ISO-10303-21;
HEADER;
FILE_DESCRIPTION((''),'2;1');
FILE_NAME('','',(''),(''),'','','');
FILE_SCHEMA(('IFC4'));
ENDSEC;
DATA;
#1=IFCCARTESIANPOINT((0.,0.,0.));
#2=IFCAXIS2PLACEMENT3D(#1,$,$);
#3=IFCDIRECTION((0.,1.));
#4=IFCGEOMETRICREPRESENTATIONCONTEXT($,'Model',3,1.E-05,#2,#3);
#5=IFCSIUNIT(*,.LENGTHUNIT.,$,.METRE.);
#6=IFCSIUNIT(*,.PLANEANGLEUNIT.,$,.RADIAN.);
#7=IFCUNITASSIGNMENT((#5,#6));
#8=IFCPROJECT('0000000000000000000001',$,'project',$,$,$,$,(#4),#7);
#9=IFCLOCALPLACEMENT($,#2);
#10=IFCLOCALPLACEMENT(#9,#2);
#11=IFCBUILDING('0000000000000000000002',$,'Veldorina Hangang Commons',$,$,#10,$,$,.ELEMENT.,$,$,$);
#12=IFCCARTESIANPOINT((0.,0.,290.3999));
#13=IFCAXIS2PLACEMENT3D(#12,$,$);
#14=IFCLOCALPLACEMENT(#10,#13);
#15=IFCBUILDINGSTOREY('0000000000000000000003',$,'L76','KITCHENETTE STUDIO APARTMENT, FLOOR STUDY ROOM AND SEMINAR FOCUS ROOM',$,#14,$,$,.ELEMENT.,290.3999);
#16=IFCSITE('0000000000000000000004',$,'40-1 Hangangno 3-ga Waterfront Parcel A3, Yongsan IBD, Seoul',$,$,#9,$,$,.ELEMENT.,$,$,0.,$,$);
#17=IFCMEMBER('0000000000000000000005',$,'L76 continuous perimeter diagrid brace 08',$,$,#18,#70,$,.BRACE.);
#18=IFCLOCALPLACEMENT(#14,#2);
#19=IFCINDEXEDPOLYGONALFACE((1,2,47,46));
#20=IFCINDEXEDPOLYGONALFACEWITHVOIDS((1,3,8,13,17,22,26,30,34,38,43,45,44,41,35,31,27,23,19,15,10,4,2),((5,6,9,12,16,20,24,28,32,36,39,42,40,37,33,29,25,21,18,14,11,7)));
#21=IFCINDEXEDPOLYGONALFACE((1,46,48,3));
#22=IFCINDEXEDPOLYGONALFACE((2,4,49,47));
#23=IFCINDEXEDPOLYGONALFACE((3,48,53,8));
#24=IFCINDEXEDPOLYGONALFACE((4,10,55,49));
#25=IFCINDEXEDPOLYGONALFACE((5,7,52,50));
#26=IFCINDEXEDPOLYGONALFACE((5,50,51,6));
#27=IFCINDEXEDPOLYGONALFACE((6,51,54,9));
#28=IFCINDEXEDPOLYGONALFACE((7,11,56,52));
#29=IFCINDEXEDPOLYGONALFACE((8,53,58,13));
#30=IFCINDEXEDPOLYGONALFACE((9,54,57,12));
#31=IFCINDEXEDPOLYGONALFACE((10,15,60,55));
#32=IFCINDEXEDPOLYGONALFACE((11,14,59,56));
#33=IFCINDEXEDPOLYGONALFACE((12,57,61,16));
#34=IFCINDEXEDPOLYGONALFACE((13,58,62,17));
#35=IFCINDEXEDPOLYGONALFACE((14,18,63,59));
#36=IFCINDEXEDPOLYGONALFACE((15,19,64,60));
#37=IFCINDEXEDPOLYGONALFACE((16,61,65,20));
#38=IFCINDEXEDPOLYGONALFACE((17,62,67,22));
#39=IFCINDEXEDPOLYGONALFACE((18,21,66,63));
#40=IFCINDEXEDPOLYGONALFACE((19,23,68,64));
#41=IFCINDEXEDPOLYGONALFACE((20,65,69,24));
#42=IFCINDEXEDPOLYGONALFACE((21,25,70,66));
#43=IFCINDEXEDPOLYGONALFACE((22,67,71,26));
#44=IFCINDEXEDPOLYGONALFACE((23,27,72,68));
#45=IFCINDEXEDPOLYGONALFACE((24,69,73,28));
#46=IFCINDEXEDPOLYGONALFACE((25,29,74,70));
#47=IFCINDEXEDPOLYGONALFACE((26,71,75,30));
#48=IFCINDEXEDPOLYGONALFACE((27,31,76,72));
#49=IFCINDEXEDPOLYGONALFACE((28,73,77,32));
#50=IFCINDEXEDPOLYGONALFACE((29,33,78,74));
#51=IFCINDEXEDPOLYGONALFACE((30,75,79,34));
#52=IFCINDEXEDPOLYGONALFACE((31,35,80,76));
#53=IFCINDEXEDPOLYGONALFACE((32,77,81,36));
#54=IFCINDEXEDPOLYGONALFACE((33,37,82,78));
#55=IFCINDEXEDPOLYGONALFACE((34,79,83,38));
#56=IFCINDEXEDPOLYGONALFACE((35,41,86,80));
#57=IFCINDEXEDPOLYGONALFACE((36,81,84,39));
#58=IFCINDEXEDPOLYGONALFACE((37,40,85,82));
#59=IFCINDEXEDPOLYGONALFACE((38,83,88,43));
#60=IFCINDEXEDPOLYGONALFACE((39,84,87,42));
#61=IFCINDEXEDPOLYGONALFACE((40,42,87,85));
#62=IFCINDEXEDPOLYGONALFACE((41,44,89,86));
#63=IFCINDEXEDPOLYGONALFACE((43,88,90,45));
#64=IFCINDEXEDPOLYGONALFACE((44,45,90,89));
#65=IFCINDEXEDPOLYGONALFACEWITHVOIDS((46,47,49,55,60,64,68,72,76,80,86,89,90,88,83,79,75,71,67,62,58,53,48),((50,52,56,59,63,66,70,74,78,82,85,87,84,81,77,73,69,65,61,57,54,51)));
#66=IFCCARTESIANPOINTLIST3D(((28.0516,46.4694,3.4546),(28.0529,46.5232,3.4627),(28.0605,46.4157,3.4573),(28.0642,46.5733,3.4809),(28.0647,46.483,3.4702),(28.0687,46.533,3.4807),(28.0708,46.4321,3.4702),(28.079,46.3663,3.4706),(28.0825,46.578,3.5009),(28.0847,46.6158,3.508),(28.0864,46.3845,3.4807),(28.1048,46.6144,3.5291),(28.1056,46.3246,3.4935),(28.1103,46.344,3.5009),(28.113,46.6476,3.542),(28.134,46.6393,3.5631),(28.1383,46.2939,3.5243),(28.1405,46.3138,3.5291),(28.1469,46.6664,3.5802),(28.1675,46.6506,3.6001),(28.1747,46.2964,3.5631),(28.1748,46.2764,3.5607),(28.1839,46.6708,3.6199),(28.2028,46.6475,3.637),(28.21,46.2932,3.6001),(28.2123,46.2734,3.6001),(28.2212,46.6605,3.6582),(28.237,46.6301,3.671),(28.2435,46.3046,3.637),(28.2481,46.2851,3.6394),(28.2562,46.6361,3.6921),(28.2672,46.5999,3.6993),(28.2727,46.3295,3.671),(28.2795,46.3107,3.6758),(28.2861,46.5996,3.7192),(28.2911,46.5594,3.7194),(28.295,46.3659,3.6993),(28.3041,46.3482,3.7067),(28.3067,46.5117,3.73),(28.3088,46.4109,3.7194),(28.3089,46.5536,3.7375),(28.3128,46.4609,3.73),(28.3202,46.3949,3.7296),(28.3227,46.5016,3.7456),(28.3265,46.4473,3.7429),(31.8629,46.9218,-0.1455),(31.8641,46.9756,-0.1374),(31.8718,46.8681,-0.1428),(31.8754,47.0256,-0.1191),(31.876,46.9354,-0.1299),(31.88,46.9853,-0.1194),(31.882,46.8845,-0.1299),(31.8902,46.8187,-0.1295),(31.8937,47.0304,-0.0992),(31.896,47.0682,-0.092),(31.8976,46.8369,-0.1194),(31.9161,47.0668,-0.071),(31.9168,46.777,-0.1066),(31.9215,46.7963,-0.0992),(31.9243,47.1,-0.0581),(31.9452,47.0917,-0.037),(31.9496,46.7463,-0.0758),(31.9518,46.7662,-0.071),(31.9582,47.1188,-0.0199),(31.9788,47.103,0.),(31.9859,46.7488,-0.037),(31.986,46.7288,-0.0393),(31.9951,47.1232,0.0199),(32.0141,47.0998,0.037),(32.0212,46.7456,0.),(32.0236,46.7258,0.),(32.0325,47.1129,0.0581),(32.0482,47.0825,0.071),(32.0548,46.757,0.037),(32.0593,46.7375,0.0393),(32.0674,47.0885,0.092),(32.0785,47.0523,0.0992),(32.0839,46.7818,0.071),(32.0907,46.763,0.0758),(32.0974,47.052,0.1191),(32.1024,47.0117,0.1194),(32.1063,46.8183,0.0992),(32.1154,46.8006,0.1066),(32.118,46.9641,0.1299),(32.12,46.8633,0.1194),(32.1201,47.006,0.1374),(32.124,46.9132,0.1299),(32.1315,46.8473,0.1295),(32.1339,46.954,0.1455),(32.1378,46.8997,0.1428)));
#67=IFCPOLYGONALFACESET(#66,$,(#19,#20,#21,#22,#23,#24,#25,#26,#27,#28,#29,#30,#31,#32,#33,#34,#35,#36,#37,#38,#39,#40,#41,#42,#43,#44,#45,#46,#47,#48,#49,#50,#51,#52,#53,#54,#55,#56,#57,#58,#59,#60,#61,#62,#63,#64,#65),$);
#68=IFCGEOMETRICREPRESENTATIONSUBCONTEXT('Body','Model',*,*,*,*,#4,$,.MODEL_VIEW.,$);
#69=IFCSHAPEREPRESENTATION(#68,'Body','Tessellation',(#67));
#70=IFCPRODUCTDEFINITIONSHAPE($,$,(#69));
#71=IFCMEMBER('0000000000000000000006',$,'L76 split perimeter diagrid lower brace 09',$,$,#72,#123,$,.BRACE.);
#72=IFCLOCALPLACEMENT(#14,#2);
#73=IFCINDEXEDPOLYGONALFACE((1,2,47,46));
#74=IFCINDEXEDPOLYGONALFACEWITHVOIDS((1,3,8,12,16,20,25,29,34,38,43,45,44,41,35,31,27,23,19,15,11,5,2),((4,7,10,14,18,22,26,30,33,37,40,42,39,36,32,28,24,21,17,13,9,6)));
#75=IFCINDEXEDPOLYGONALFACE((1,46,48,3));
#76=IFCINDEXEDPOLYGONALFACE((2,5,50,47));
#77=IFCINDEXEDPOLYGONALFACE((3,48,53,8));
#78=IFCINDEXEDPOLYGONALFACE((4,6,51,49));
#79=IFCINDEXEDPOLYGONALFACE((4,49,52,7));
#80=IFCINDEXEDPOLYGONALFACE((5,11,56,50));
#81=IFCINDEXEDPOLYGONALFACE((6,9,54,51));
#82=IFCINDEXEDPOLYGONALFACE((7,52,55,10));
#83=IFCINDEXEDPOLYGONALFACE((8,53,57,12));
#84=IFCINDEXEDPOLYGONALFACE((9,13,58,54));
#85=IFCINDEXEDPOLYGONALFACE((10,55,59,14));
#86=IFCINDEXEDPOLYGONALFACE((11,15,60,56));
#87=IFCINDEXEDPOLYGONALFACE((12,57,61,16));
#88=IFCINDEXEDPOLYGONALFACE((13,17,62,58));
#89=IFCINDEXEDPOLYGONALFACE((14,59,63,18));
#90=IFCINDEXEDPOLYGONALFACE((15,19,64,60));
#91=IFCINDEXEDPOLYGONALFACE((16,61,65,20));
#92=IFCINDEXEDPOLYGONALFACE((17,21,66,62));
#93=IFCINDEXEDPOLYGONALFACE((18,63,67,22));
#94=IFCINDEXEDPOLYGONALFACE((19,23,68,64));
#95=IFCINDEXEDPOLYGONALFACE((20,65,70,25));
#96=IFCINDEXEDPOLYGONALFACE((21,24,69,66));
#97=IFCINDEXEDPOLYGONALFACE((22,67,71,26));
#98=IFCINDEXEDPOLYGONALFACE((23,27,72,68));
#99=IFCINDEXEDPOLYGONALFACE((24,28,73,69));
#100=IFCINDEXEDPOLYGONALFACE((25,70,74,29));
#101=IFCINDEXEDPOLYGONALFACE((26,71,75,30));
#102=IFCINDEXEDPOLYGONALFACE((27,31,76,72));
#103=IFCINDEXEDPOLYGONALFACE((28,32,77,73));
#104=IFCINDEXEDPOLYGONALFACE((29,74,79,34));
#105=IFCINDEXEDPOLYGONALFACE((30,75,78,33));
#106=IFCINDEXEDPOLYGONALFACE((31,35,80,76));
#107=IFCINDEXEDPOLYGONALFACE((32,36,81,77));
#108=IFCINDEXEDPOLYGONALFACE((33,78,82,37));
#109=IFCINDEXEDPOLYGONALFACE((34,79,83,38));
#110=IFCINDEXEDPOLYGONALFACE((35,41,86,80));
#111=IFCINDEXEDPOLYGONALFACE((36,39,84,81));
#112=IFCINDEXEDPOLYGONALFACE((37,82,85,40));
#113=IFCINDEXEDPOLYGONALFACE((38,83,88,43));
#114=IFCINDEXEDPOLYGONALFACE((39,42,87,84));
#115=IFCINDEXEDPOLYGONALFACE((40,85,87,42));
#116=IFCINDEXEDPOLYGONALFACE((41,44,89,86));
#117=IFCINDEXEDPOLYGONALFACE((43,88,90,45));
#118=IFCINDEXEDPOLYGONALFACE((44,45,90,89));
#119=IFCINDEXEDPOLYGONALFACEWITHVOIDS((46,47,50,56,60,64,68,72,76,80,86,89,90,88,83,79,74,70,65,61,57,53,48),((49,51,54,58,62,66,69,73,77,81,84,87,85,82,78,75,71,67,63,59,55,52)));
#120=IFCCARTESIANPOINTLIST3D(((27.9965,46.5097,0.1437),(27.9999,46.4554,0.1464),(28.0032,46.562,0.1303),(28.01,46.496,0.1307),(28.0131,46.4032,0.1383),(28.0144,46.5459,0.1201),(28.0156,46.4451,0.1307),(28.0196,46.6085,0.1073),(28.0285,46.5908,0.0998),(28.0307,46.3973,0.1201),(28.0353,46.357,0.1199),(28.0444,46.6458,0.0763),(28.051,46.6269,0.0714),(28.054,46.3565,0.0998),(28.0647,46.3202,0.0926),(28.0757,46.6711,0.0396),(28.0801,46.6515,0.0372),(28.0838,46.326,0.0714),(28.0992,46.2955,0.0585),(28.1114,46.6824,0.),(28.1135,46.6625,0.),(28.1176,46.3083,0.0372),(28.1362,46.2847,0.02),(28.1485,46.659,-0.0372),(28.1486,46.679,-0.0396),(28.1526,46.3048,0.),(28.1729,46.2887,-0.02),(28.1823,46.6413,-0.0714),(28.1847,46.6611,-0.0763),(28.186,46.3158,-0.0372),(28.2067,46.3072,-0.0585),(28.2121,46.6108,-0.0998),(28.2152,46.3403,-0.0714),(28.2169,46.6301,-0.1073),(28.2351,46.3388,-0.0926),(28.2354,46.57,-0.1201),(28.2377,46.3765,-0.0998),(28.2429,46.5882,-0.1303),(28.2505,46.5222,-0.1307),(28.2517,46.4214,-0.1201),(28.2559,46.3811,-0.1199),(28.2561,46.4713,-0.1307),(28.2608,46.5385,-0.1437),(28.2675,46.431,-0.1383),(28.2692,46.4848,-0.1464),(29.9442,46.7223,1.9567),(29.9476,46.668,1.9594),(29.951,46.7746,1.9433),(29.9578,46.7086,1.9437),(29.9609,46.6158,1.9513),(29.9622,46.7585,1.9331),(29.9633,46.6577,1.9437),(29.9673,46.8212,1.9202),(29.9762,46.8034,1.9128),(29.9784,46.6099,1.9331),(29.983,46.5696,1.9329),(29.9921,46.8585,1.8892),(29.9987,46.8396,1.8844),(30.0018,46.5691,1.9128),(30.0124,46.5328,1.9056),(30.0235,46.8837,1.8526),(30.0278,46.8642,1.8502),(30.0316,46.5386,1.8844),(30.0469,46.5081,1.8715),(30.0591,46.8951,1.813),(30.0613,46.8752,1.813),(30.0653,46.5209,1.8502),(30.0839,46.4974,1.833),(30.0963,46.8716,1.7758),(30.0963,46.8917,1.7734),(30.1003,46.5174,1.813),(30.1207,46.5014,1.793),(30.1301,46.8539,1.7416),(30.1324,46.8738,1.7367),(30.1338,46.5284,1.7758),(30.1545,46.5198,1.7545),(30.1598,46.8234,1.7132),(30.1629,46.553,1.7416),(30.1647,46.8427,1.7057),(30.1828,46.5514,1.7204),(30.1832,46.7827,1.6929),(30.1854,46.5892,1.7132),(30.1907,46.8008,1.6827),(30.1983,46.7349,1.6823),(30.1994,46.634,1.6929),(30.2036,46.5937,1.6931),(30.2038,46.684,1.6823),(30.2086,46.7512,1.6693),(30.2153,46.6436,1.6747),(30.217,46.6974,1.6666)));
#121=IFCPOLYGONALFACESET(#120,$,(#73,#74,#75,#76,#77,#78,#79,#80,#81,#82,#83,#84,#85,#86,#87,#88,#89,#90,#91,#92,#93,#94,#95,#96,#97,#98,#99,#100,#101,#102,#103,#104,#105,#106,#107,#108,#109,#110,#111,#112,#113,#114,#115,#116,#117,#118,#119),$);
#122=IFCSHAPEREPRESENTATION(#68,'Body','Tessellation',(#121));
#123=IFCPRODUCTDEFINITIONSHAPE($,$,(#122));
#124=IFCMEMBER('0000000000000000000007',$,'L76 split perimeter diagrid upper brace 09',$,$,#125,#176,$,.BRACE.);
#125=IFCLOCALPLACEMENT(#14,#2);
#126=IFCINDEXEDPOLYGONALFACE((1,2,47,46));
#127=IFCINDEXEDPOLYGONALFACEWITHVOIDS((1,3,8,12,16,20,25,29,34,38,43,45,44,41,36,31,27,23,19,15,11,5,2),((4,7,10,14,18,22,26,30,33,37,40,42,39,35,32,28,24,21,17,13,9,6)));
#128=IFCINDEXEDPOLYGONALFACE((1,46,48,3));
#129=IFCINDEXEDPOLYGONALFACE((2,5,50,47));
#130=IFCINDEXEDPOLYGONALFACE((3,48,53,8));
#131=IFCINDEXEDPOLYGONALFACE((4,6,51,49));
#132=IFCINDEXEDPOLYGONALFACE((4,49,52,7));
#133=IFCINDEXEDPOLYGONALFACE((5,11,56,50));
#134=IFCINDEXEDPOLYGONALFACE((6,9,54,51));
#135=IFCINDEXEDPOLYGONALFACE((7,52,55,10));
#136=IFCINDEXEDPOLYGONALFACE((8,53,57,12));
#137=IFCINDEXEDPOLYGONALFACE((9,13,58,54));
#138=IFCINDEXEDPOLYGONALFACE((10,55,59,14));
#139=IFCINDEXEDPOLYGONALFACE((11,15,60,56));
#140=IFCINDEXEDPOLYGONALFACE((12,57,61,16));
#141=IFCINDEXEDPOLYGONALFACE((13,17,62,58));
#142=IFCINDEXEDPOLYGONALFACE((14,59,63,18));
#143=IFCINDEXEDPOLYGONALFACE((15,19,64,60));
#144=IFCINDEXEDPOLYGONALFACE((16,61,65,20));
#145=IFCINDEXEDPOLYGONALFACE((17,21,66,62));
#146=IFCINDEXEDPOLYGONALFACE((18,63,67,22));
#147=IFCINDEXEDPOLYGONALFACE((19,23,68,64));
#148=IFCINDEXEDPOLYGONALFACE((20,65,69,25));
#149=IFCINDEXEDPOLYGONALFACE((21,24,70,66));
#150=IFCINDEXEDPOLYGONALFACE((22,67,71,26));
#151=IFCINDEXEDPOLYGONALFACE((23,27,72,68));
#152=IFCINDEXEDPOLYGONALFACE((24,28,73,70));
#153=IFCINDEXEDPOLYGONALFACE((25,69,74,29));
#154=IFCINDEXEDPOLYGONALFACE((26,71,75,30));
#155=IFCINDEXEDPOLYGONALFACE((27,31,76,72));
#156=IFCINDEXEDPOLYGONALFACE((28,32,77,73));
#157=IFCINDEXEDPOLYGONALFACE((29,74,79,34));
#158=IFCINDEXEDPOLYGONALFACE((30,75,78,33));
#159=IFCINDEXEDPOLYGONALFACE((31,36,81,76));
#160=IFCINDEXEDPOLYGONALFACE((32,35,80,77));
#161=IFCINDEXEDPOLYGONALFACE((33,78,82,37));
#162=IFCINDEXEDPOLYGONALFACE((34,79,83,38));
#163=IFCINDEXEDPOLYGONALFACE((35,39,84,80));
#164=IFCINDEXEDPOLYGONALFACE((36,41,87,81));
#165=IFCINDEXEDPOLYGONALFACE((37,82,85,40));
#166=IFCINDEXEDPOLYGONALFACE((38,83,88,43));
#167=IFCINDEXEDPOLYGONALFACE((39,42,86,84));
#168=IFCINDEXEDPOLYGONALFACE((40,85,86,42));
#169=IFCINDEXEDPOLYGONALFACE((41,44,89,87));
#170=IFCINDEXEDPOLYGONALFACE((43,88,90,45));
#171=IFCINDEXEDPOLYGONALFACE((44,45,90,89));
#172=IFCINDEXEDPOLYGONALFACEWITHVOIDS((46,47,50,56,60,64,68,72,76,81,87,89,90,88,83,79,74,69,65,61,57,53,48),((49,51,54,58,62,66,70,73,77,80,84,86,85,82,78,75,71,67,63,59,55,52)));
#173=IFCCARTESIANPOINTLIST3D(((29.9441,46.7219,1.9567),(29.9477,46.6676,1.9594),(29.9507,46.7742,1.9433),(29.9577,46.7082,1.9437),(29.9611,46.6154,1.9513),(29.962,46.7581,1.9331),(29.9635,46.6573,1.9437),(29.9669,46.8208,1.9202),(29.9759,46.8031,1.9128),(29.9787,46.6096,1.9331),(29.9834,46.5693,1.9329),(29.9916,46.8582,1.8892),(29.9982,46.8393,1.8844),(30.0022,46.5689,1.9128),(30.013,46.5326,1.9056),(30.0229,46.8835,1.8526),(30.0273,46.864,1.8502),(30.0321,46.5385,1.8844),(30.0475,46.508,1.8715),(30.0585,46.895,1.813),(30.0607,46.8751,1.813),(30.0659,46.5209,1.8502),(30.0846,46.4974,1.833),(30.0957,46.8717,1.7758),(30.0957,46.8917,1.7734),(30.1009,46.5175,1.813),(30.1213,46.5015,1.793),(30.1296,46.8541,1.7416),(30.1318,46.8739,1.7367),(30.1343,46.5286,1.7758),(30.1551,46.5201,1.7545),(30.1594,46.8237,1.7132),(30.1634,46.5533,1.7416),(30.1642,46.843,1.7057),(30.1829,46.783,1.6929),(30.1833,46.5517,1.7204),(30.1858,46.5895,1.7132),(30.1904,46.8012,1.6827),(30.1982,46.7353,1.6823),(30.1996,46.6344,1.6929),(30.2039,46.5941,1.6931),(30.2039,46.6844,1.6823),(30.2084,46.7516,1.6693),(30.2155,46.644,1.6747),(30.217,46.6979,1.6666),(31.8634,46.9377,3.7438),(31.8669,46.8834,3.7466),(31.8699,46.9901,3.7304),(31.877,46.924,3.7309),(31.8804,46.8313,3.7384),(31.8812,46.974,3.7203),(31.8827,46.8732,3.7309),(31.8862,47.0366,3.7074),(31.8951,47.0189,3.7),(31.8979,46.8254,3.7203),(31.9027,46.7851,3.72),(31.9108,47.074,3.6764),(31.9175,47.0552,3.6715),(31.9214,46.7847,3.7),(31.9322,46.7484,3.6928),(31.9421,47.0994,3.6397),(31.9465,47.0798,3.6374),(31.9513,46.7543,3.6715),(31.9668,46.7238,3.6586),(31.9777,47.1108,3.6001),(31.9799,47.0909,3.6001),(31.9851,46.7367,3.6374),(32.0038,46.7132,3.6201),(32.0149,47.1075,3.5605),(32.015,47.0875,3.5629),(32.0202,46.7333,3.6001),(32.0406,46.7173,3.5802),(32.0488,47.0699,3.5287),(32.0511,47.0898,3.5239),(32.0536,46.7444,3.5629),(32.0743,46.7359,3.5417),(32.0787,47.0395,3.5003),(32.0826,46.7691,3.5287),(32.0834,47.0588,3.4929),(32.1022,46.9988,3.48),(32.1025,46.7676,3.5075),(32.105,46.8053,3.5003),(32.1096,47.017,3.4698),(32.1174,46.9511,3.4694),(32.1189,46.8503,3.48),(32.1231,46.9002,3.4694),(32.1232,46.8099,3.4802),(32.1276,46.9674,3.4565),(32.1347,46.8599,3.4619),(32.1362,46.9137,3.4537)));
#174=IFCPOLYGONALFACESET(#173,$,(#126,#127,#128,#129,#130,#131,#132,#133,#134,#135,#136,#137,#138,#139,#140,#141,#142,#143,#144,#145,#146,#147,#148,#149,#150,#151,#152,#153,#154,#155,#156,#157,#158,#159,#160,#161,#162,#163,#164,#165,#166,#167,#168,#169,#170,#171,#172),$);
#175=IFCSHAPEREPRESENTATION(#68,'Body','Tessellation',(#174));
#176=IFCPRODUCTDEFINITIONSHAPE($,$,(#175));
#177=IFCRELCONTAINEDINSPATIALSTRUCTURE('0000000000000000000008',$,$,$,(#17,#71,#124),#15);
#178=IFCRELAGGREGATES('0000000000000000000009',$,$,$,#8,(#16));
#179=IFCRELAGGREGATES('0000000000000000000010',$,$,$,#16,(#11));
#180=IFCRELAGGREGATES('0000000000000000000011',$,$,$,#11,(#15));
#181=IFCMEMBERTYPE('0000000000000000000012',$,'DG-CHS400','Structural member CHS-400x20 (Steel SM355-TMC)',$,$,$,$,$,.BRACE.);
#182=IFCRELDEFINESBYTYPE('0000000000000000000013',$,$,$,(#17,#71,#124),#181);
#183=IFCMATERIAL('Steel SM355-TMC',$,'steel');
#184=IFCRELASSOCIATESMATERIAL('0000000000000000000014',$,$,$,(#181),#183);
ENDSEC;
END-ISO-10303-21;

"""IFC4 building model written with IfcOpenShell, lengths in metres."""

from ifc_helpers import new_model, si_unit, direction, frame, origin, origin_2d, place, context, subcontext, project, spatial, hollow_circle, extrude, material, material_profile, profile_set, type_object, element, save


model = new_model("IFC4")

# Units and contexts
model_context = context("Model", 3, precision=1e-05, world=origin(), true_north=direction((0.0, 1.0)))
body_context = subcontext(model_context, "Body", "Model", "MODEL_VIEW")
ifc_project = project(units=[si_unit("LENGTHUNIT", "METRE"), si_unit("PLANEANGLEUNIT", "RADIAN")], contexts=[model_context])

# Site, building, storey
site_placement = place(None, origin())
site = spatial("IfcSite", under=ifc_project, at=site_placement, Name="40-1 Hangangno 3-ga Waterfront Parcel A3, Yongsan IBD, Seoul", CompositionType="ELEMENT", RefElevation=0.0)
building_placement = place(site_placement, origin())
building = spatial("IfcBuilding", under=site, at=building_placement, Name="Veldorina Hangang Commons", CompositionType="ELEMENT")
storey_placement = place(building_placement, frame((0.0, 0.0, 290.3999)))
storey = spatial("IfcBuildingStorey", under=building, at=storey_placement, Name="L76", Description="KITCHENETTE STUDIO APARTMENT, FLOOR STUDY ROOM AND SEMINAR FOCUS ROOM", CompositionType="ELEMENT", Elevation=290.3999)

# Shared definitions
ifc_material_1 = material(Name="Steel SM355-TMC", Category="steel")

# Members
ifc_material_profile_1 = material_profile(ifc_material_1, hollow_circle(Radius=0.2, WallThickness=0.02, at=origin_2d()), Name="CHS-400x20")
ifc_profile_set_1 = profile_set([ifc_material_profile_1], Name="Steel SM355-TMC")
member_type_1 = type_object("IfcMemberType", Name="DG-CHS400", Description="Structural member CHS-400x20 (Steel SM355-TMC)", PredefinedType="BRACE", material=ifc_profile_set_1)
member_1_placement = place(storey_placement, frame((32.0, 46.9243, 0.0), z_axis=(-0.724269, -0.08597, 0.684137), x_axis=(0.117871, -0.993029, 0.0)))
element("IfcMember", 1, at=member_1_placement, inside=storey, type_object=member_type_1, Name="L76 continuous perimeter diagrid brace 08", PredefinedType="BRACE", context=body_context, shape_type="SweptSolid", body=[
    extrude(hollow_circle(Radius=0.2, WallThickness=0.02, at=origin_2d()), origin(), (0.0, 0.0, 1.0), 5.2622),
])
member_2_placement = place(storey_placement, frame((28.1331, 46.4836, 0.0), z_axis=(0.72965, 0.07966, 0.679165), x_axis=(-0.10853, 0.994093, 0.0)))
element("IfcMember", 2, at=member_2_placement, inside=storey, type_object=member_type_1, Name="L76 split perimeter diagrid lower brace 09", PredefinedType="BRACE", context=body_context, shape_type="SweptSolid", body=[
    extrude(hollow_circle(Radius=0.2, WallThickness=0.02, at=origin_2d()), origin(), (0.0, 0.0, 1.0), 2.6694),
])
member_3_placement = place(storey_placement, frame((30.0808, 46.6963, 1.813), z_axis=(0.729375, 0.082021, 0.679179), x_axis=(-0.11175, 0.993736, 0.0)))
element("IfcMember", 3, at=member_3_placement, inside=storey, type_object=member_type_1, Name="L76 split perimeter diagrid upper brace 09", PredefinedType="BRACE", context=body_context, shape_type="SweptSolid", body=[
    extrude(hollow_circle(Radius=0.2, WallThickness=0.02, at=origin_2d()), origin(), (0.0, 0.0, 1.0), 2.6313),
])

save(model, "model.ifc")
